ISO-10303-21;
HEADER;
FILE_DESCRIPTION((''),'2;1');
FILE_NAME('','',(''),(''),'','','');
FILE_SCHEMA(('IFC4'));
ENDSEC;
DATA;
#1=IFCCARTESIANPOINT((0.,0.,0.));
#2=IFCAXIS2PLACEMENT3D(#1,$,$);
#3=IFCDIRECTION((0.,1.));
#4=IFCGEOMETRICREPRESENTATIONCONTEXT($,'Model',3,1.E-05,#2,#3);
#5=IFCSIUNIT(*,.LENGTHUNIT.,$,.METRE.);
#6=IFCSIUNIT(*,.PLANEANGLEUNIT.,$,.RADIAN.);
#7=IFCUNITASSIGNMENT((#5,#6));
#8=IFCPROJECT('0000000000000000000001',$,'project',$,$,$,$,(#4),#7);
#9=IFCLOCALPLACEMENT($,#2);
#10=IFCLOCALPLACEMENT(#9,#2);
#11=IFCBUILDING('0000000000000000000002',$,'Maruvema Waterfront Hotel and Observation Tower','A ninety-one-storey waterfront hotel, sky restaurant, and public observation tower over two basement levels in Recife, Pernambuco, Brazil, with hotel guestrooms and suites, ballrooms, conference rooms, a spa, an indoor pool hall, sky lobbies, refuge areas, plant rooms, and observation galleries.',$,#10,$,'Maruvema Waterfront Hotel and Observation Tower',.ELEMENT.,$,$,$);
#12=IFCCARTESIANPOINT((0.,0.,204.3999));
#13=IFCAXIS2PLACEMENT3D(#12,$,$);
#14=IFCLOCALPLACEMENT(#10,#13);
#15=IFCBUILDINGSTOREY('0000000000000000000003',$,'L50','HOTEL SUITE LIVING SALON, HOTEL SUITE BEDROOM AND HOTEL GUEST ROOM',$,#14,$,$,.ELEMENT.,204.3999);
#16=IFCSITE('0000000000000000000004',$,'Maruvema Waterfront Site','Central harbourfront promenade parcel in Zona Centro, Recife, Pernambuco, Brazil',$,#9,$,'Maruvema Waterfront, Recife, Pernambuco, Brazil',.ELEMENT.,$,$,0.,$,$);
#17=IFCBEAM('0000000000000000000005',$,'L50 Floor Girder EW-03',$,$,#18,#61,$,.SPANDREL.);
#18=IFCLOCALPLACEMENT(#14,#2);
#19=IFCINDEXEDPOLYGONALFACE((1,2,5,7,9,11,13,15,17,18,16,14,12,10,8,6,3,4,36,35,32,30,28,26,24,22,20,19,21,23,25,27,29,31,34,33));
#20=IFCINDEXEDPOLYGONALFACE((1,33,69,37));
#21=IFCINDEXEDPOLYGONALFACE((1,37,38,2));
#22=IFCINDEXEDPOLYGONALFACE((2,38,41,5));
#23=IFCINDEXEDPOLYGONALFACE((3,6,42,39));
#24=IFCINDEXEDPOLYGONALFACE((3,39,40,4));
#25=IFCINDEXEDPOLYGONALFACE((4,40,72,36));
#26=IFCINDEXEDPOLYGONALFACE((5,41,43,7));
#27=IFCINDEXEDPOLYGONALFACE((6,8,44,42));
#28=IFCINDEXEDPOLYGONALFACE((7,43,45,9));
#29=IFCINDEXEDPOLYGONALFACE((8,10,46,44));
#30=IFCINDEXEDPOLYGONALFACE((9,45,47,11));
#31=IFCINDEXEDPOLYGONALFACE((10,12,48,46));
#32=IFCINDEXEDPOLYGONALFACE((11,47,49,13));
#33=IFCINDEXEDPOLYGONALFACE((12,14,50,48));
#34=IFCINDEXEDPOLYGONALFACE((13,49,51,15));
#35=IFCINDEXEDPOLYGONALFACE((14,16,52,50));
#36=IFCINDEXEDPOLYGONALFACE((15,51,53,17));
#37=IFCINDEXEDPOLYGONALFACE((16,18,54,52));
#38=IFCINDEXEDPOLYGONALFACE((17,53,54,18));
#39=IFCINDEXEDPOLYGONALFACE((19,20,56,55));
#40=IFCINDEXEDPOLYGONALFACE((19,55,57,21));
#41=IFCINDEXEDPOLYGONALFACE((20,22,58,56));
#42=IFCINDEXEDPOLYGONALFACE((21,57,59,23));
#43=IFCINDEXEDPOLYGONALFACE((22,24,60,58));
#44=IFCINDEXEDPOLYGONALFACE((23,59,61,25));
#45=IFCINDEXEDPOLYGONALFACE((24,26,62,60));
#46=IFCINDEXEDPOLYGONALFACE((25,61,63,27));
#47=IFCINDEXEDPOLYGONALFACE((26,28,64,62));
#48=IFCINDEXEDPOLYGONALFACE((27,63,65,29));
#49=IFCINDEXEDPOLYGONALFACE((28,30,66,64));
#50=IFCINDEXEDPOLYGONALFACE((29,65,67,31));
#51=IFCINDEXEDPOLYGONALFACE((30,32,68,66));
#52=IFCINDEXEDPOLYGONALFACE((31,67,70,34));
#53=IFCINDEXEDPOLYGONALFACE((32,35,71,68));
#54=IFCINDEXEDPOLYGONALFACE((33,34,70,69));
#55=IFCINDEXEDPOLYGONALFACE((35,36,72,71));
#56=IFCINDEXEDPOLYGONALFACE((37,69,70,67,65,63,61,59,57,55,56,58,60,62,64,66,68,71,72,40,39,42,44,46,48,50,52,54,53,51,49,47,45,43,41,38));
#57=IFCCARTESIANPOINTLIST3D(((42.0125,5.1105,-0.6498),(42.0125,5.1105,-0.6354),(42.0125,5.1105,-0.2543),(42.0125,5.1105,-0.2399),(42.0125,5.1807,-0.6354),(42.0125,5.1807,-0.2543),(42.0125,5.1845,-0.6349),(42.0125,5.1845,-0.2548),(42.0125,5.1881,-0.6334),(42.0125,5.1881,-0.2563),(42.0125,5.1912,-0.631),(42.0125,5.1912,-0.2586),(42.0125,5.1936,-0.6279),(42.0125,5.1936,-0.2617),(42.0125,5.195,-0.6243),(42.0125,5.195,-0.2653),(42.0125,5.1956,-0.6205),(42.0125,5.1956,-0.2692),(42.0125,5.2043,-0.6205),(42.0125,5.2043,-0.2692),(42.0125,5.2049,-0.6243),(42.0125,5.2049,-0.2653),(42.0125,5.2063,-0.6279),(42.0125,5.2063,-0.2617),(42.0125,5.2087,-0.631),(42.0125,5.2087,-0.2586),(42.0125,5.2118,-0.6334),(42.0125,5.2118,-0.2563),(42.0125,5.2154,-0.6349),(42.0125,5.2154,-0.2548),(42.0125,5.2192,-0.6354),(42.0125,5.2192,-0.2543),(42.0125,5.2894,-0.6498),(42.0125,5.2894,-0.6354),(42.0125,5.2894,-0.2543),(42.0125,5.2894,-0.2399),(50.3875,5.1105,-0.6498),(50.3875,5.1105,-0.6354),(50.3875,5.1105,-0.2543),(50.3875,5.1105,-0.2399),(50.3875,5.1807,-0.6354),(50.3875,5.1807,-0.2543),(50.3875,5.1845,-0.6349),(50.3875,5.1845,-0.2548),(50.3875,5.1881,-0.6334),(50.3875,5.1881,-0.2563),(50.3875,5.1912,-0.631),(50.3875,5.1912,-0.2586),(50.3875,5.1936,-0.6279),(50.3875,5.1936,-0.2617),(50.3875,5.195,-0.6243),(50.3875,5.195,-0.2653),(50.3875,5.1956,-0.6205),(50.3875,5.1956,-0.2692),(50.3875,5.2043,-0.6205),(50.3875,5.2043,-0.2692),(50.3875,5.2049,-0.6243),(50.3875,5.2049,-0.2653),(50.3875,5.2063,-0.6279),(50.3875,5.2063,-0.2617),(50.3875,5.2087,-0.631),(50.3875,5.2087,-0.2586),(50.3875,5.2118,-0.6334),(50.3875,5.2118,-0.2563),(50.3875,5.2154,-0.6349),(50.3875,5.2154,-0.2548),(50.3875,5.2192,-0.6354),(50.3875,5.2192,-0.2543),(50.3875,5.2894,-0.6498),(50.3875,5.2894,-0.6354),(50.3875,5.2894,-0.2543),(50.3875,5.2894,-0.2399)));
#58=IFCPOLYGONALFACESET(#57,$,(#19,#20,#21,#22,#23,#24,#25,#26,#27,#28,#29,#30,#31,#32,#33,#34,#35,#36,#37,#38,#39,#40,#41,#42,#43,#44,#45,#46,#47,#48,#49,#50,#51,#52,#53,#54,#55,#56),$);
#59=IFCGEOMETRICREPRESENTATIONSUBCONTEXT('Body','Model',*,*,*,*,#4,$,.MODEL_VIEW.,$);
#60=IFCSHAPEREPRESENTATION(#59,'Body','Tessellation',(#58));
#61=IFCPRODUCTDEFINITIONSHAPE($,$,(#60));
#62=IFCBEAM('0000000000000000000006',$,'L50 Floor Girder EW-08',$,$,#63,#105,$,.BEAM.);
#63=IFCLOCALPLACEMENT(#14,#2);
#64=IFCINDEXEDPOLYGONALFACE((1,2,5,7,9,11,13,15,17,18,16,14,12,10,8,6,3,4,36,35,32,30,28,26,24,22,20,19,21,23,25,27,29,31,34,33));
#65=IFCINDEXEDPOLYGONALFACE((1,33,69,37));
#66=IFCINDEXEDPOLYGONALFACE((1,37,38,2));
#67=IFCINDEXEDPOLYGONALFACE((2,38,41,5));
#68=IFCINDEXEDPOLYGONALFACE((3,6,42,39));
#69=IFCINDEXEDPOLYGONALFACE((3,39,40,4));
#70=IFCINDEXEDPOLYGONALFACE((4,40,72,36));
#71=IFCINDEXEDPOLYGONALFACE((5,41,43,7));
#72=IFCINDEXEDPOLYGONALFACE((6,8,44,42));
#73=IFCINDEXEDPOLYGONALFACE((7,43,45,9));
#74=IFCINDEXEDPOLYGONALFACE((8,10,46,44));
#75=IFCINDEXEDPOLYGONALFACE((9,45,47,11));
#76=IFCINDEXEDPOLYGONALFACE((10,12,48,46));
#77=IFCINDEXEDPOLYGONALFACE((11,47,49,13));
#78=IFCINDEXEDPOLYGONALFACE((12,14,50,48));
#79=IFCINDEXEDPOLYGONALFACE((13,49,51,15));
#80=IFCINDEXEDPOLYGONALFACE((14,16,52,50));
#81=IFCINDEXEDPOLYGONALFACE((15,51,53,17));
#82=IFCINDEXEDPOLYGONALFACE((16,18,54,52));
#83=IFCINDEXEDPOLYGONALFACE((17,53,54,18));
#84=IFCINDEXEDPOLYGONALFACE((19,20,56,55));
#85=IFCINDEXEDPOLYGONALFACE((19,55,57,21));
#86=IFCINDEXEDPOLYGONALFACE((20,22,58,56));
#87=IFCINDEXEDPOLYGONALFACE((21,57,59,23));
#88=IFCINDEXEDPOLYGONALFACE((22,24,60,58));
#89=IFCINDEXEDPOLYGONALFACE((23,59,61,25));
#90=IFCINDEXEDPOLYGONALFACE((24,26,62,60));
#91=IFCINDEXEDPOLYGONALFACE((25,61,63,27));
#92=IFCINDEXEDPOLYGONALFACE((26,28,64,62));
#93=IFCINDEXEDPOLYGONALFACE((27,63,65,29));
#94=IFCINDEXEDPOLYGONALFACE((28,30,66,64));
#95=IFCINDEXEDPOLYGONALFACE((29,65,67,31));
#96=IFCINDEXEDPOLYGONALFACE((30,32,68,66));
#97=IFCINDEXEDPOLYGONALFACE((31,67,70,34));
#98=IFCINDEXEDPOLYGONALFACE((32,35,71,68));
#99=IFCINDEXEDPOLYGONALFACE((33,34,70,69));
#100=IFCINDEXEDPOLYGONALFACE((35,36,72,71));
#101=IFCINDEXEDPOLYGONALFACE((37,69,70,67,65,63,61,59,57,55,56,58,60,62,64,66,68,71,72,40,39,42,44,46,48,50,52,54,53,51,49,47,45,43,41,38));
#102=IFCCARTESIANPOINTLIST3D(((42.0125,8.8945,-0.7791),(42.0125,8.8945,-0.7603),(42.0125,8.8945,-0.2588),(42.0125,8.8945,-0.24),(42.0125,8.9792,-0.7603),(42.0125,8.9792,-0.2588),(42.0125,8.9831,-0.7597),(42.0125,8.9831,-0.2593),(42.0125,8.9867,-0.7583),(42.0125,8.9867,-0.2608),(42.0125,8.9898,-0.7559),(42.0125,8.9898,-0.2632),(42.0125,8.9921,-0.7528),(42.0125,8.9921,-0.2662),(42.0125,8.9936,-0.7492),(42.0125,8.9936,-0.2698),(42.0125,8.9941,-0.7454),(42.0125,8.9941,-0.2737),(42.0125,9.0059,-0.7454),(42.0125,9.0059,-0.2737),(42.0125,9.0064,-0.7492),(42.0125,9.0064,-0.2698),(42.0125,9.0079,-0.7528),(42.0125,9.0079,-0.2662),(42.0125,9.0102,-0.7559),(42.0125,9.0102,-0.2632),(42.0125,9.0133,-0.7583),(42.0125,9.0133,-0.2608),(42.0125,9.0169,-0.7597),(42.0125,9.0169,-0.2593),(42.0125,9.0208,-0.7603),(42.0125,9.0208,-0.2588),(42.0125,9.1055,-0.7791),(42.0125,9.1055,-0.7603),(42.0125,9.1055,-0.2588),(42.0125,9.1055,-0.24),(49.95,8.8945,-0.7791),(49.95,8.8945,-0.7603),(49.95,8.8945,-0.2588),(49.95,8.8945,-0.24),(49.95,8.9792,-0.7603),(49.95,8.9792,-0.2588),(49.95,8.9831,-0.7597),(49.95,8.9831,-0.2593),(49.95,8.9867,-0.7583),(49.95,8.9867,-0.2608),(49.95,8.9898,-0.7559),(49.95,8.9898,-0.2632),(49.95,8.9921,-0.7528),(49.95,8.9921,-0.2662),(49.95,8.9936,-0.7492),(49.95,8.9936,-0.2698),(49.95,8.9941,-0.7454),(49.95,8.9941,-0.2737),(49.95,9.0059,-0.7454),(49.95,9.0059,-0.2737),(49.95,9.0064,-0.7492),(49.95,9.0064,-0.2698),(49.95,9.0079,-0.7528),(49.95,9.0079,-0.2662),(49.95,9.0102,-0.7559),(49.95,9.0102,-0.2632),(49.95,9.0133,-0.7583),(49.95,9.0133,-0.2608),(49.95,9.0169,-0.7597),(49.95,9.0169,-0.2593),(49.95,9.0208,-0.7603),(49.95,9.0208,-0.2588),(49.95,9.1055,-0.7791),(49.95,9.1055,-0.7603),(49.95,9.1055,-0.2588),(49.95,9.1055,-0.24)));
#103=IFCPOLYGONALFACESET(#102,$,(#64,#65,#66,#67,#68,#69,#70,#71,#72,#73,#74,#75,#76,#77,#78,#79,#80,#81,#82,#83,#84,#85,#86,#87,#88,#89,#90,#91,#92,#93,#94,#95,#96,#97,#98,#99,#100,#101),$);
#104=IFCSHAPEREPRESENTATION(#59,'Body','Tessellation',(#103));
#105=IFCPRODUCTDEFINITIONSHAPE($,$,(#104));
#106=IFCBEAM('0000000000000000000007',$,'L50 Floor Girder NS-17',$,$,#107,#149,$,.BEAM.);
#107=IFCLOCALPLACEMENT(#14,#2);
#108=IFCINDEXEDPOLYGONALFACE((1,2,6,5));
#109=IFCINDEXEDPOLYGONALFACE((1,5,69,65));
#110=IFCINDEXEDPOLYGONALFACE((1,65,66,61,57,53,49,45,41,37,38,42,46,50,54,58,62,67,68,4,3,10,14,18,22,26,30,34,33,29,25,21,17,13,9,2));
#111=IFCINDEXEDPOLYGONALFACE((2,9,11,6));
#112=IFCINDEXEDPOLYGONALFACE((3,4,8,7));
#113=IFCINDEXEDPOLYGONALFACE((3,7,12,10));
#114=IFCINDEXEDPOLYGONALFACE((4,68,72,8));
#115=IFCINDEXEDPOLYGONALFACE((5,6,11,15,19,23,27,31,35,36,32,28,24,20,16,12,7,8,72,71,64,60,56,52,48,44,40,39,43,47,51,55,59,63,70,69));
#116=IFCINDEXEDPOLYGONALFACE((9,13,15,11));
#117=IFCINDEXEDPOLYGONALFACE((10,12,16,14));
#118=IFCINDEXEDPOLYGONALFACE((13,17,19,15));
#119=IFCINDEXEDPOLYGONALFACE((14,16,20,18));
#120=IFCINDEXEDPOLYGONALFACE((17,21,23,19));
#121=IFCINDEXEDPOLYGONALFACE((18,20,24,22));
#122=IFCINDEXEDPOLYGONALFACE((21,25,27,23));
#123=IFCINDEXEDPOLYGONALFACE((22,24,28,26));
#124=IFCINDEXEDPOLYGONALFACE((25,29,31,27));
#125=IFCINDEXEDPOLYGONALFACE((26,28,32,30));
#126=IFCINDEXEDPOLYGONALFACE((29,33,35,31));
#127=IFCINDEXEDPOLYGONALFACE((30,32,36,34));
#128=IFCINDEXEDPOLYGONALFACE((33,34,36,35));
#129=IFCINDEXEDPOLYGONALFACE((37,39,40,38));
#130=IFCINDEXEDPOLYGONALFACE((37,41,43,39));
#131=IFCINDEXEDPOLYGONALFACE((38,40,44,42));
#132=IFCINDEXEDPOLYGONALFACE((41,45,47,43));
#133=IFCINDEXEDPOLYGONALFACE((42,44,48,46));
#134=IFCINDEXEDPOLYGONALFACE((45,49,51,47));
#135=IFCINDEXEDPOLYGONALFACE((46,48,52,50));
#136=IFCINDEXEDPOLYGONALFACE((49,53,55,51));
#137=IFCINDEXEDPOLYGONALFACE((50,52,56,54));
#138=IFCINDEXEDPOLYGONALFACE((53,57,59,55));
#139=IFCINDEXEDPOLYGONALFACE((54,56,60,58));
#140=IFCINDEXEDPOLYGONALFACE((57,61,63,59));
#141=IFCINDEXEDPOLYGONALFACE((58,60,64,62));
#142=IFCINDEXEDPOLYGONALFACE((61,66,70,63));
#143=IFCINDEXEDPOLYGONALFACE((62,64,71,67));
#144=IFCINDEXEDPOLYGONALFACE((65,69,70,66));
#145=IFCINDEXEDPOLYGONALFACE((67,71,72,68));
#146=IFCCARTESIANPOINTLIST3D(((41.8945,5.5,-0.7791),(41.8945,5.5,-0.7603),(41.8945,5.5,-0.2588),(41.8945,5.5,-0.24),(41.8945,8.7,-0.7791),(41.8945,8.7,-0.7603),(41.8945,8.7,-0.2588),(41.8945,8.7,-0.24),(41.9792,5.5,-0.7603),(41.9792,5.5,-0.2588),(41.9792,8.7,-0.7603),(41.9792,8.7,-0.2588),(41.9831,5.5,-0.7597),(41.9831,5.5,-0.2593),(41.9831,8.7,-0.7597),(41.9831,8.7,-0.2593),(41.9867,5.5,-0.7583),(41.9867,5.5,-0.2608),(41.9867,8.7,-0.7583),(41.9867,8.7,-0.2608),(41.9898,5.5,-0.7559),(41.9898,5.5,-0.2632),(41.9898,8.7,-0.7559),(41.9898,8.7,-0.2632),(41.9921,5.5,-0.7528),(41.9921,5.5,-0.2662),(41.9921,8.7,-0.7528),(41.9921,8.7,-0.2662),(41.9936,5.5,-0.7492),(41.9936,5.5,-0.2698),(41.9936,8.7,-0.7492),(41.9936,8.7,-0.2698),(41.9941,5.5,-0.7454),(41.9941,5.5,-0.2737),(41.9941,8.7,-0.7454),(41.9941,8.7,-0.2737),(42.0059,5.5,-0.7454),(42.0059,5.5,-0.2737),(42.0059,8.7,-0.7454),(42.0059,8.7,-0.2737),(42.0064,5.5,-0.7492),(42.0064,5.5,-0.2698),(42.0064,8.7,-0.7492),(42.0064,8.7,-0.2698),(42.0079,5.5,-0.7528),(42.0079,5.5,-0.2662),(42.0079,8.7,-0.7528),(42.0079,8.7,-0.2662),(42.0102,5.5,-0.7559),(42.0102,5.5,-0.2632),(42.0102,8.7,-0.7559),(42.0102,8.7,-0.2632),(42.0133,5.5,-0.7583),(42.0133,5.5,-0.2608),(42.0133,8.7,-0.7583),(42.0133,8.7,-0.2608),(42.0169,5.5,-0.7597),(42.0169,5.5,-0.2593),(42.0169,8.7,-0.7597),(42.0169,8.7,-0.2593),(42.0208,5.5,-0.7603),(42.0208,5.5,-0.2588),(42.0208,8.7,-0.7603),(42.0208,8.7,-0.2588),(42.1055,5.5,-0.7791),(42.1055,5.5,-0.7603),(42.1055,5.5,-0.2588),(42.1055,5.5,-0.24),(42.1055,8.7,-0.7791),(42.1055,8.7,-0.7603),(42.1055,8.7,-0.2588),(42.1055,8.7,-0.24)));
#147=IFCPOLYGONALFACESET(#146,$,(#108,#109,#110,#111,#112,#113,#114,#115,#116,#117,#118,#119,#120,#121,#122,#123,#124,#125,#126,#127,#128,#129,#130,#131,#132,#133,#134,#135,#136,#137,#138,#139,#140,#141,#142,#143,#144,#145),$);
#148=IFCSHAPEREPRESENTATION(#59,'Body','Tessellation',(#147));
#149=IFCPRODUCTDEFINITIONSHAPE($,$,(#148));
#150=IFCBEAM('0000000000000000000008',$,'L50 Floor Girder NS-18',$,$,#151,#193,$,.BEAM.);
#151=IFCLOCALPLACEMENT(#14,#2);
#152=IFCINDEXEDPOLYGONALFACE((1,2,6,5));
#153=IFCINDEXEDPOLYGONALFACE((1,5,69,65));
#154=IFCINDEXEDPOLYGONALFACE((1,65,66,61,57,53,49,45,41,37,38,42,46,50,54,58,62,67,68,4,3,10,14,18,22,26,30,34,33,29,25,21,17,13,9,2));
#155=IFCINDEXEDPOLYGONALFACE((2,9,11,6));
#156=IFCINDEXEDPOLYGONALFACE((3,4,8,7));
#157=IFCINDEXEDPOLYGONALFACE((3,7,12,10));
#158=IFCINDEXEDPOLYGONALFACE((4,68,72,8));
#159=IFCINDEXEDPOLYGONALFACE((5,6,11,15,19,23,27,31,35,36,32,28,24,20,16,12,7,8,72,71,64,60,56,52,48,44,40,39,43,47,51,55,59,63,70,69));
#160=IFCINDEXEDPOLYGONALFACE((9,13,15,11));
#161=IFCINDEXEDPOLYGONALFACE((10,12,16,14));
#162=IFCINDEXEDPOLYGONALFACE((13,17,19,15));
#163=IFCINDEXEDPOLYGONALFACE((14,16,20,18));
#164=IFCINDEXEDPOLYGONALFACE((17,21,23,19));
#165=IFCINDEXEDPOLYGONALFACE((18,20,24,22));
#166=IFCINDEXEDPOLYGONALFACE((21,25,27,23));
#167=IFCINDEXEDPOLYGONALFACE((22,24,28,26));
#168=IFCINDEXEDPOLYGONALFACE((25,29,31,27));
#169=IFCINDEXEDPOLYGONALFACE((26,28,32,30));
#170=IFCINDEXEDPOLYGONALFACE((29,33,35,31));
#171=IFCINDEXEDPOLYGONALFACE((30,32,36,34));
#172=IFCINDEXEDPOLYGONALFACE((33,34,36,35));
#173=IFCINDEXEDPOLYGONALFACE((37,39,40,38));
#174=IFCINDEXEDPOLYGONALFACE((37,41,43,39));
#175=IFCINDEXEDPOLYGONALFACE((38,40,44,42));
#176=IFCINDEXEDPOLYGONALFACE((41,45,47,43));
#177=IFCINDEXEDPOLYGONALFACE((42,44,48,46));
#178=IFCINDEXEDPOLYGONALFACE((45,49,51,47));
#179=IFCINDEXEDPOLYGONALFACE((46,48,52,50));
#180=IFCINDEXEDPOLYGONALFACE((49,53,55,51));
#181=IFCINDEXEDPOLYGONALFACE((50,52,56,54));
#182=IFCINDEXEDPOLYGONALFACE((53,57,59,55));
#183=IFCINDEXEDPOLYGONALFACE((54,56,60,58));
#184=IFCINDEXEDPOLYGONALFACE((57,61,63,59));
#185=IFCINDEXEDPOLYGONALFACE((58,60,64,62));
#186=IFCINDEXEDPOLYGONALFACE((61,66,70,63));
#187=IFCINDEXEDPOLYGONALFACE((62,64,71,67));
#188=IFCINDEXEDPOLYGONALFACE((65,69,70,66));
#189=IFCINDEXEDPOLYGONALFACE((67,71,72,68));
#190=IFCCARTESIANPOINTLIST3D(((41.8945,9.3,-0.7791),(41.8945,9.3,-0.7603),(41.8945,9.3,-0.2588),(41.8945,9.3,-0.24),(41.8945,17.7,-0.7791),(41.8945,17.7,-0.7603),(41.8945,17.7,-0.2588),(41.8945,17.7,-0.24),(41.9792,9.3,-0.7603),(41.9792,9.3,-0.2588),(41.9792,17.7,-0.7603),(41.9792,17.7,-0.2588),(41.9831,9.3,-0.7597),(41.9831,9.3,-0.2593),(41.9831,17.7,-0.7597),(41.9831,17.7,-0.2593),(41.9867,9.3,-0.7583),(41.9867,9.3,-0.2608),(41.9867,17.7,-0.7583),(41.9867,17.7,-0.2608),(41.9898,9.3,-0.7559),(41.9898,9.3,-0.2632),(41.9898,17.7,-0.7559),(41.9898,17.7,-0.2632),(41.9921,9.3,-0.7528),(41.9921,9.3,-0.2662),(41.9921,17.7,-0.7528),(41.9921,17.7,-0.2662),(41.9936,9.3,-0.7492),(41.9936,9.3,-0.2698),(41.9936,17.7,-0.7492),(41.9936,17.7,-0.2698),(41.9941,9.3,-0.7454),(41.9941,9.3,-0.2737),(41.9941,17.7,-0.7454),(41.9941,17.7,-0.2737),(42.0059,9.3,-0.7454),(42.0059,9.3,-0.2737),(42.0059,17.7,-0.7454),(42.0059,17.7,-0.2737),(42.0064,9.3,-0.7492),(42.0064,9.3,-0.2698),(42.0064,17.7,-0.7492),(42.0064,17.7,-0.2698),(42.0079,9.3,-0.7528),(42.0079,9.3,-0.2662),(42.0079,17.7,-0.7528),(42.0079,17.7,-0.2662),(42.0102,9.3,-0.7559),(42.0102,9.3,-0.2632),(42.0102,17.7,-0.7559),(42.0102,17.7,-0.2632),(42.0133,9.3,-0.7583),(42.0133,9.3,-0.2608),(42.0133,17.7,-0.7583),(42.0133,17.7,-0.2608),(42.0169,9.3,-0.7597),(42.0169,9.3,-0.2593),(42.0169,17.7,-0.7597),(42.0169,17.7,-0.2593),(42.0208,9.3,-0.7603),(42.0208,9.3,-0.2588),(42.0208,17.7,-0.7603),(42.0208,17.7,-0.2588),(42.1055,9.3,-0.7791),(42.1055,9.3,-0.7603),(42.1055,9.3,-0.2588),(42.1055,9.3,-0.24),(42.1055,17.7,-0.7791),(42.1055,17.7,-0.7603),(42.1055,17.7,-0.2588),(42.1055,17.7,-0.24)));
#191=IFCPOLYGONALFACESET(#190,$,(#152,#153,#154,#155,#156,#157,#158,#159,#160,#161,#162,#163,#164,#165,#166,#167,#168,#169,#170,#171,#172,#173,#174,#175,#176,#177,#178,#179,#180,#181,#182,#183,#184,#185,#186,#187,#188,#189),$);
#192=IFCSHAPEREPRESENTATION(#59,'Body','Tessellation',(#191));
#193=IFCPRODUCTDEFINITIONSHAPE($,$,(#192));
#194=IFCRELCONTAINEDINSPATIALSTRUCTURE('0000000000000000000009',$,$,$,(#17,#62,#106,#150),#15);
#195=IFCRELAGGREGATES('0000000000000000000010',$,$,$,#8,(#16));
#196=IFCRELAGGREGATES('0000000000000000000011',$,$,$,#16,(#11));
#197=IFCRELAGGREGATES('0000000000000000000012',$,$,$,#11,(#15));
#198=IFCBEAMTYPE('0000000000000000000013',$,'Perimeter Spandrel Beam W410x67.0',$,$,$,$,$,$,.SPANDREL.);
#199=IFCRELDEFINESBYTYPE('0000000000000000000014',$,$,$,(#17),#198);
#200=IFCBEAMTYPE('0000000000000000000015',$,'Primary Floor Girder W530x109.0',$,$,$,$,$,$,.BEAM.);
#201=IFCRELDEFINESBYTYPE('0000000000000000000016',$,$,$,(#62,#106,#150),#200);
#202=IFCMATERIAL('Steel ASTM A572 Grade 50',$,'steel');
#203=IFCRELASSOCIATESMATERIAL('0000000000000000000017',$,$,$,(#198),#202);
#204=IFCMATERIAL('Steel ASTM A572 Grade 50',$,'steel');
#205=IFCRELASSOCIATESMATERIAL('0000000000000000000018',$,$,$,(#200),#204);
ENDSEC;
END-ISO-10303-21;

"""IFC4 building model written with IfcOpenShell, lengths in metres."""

from ifc_helpers import new_model, si_unit, direction, frame, origin, origin_2d, place, context, subcontext, project, spatial, i_section, extrude, material, material_profile, profile_set, type_object, element, save


model = new_model("IFC4")

# Units and contexts
model_context = context("Model", 3, precision=1e-05, world=origin(), true_north=direction((0.0, 1.0)))
body_context = subcontext(model_context, "Body", "Model", "MODEL_VIEW")
ifc_project = project(units=[si_unit("LENGTHUNIT", "METRE"), si_unit("PLANEANGLEUNIT", "RADIAN")], contexts=[model_context])

# Site, building, storey
site_placement = place(None, origin())
site = spatial("IfcSite", under=ifc_project, at=site_placement, Name="Maruvema Waterfront Site", Description="Central harbourfront promenade parcel in Zona Centro, Recife, Pernambuco, Brazil", LongName="Maruvema Waterfront, Recife, Pernambuco, Brazil", CompositionType="ELEMENT", RefElevation=0.0)
building_placement = place(site_placement, origin())
building = spatial("IfcBuilding", under=site, at=building_placement, Name="Maruvema Waterfront Hotel and Observation Tower", Description="A ninety-one-storey waterfront hotel, sky restaurant, and public observation tower over two basement levels in Recife, Pernambuco, Brazil, with hotel guestrooms and suites, ballrooms, conference rooms, a spa, an indoor pool hall, sky lobbies, refuge areas, plant rooms, and observation galleries.", LongName="Maruvema Waterfront Hotel and Observation Tower", CompositionType="ELEMENT")
storey_placement = place(building_placement, frame((0.0, 0.0, 204.3999)))
storey = spatial("IfcBuildingStorey", under=building, at=storey_placement, Name="L50", Description="HOTEL SUITE LIVING SALON, HOTEL SUITE BEDROOM AND HOTEL GUEST ROOM", CompositionType="ELEMENT", Elevation=204.3999)

# Beams
ifc_material_1 = material(Name="Steel ASTM A572 Grade 50", Category="steel")
ifc_material_profile_1 = material_profile(ifc_material_1, i_section(OverallWidth=0.179, OverallDepth=0.4099, WebThickness=0.0088, FlangeThickness=0.0144, FilletRadius=0.0149, at=origin_2d()), Name="W410x67.0")
ifc_profile_set_1 = profile_set([ifc_material_profile_1], Name="Steel ASTM A572 Grade 50")
beam_type_1 = type_object("IfcBeamType", Name="Perimeter Spandrel Beam W410x67.0", PredefinedType="SPANDREL", material=ifc_profile_set_1)
beam_1_placement = place(storey_placement, frame((42.0125, 5.2, -0.4448), z_axis=(1.0, 0.0, 0.0), x_axis=(0.0, 1.0, 0.0)))
element("IfcBeam", 1, at=beam_1_placement, inside=storey, type_object=beam_type_1, Name="L50 Floor Girder EW-03", PredefinedType="SPANDREL", context=body_context, shape_type="SweptSolid", body=[
    extrude(i_section(OverallWidth=0.179, OverallDepth=0.4099, WebThickness=0.0088, FlangeThickness=0.0144, FilletRadius=0.0149, at=origin_2d()), origin(), (0.0, 0.0, 1.0), 8.375),
])
ifc_material_2 = material(Name="Steel ASTM A572 Grade 50", Category="steel")
ifc_material_profile_2 = material_profile(ifc_material_2, i_section(OverallWidth=0.2109, OverallDepth=0.5391, WebThickness=0.0117, FlangeThickness=0.0188, FilletRadius=0.0149, at=origin_2d()), Name="W530x109.0")
ifc_profile_set_2 = profile_set([ifc_material_profile_2], Name="Steel ASTM A572 Grade 50")
beam_type_2 = type_object("IfcBeamType", Name="Primary Floor Girder W530x109.0", PredefinedType="BEAM", material=ifc_profile_set_2)
beam_2_placement = place(storey_placement, frame((42.0125, 9.0, -0.5095), z_axis=(1.0, 0.0, 0.0), x_axis=(0.0, 1.0, 0.0)))
element("IfcBeam", 2, at=beam_2_placement, inside=storey, type_object=beam_type_2, Name="L50 Floor Girder EW-08", PredefinedType="BEAM", context=body_context, shape_type="SweptSolid", body=[
    extrude(i_section(OverallWidth=0.2109, OverallDepth=0.5391, WebThickness=0.0117, FlangeThickness=0.0188, FilletRadius=0.0149, at=origin_2d()), origin(), (0.0, 0.0, 1.0), 7.9375),
])
beam_3_placement = place(storey_placement, frame((42.0, 5.5, -0.5095), z_axis=(0.0, 1.0, 0.0), x_axis=(-1.0, 0.0, 0.0)))
element("IfcBeam", 3, at=beam_3_placement, inside=storey, type_object=beam_type_2, Name="L50 Floor Girder NS-17", PredefinedType="BEAM", context=body_context, shape_type="SweptSolid", body=[
    extrude(i_section(OverallWidth=0.2109, OverallDepth=0.5391, WebThickness=0.0117, FlangeThickness=0.0188, FilletRadius=0.0149, at=origin_2d()), origin(), (0.0, 0.0, 1.0), 3.2),
])
beam_4_placement = place(storey_placement, frame((42.0, 9.3, -0.5095), z_axis=(0.0, 1.0, 0.0), x_axis=(-1.0, 0.0, 0.0)))
element("IfcBeam", 4, at=beam_4_placement, inside=storey, type_object=beam_type_2, Name="L50 Floor Girder NS-18", PredefinedType="BEAM", context=body_context, shape_type="SweptSolid", body=[
    extrude(i_section(OverallWidth=0.2109, OverallDepth=0.5391, WebThickness=0.0117, FlangeThickness=0.0188, FilletRadius=0.0149, at=origin_2d()), origin(), (0.0, 0.0, 1.0), 8.3999),
])

save(model, "model.ifc")
